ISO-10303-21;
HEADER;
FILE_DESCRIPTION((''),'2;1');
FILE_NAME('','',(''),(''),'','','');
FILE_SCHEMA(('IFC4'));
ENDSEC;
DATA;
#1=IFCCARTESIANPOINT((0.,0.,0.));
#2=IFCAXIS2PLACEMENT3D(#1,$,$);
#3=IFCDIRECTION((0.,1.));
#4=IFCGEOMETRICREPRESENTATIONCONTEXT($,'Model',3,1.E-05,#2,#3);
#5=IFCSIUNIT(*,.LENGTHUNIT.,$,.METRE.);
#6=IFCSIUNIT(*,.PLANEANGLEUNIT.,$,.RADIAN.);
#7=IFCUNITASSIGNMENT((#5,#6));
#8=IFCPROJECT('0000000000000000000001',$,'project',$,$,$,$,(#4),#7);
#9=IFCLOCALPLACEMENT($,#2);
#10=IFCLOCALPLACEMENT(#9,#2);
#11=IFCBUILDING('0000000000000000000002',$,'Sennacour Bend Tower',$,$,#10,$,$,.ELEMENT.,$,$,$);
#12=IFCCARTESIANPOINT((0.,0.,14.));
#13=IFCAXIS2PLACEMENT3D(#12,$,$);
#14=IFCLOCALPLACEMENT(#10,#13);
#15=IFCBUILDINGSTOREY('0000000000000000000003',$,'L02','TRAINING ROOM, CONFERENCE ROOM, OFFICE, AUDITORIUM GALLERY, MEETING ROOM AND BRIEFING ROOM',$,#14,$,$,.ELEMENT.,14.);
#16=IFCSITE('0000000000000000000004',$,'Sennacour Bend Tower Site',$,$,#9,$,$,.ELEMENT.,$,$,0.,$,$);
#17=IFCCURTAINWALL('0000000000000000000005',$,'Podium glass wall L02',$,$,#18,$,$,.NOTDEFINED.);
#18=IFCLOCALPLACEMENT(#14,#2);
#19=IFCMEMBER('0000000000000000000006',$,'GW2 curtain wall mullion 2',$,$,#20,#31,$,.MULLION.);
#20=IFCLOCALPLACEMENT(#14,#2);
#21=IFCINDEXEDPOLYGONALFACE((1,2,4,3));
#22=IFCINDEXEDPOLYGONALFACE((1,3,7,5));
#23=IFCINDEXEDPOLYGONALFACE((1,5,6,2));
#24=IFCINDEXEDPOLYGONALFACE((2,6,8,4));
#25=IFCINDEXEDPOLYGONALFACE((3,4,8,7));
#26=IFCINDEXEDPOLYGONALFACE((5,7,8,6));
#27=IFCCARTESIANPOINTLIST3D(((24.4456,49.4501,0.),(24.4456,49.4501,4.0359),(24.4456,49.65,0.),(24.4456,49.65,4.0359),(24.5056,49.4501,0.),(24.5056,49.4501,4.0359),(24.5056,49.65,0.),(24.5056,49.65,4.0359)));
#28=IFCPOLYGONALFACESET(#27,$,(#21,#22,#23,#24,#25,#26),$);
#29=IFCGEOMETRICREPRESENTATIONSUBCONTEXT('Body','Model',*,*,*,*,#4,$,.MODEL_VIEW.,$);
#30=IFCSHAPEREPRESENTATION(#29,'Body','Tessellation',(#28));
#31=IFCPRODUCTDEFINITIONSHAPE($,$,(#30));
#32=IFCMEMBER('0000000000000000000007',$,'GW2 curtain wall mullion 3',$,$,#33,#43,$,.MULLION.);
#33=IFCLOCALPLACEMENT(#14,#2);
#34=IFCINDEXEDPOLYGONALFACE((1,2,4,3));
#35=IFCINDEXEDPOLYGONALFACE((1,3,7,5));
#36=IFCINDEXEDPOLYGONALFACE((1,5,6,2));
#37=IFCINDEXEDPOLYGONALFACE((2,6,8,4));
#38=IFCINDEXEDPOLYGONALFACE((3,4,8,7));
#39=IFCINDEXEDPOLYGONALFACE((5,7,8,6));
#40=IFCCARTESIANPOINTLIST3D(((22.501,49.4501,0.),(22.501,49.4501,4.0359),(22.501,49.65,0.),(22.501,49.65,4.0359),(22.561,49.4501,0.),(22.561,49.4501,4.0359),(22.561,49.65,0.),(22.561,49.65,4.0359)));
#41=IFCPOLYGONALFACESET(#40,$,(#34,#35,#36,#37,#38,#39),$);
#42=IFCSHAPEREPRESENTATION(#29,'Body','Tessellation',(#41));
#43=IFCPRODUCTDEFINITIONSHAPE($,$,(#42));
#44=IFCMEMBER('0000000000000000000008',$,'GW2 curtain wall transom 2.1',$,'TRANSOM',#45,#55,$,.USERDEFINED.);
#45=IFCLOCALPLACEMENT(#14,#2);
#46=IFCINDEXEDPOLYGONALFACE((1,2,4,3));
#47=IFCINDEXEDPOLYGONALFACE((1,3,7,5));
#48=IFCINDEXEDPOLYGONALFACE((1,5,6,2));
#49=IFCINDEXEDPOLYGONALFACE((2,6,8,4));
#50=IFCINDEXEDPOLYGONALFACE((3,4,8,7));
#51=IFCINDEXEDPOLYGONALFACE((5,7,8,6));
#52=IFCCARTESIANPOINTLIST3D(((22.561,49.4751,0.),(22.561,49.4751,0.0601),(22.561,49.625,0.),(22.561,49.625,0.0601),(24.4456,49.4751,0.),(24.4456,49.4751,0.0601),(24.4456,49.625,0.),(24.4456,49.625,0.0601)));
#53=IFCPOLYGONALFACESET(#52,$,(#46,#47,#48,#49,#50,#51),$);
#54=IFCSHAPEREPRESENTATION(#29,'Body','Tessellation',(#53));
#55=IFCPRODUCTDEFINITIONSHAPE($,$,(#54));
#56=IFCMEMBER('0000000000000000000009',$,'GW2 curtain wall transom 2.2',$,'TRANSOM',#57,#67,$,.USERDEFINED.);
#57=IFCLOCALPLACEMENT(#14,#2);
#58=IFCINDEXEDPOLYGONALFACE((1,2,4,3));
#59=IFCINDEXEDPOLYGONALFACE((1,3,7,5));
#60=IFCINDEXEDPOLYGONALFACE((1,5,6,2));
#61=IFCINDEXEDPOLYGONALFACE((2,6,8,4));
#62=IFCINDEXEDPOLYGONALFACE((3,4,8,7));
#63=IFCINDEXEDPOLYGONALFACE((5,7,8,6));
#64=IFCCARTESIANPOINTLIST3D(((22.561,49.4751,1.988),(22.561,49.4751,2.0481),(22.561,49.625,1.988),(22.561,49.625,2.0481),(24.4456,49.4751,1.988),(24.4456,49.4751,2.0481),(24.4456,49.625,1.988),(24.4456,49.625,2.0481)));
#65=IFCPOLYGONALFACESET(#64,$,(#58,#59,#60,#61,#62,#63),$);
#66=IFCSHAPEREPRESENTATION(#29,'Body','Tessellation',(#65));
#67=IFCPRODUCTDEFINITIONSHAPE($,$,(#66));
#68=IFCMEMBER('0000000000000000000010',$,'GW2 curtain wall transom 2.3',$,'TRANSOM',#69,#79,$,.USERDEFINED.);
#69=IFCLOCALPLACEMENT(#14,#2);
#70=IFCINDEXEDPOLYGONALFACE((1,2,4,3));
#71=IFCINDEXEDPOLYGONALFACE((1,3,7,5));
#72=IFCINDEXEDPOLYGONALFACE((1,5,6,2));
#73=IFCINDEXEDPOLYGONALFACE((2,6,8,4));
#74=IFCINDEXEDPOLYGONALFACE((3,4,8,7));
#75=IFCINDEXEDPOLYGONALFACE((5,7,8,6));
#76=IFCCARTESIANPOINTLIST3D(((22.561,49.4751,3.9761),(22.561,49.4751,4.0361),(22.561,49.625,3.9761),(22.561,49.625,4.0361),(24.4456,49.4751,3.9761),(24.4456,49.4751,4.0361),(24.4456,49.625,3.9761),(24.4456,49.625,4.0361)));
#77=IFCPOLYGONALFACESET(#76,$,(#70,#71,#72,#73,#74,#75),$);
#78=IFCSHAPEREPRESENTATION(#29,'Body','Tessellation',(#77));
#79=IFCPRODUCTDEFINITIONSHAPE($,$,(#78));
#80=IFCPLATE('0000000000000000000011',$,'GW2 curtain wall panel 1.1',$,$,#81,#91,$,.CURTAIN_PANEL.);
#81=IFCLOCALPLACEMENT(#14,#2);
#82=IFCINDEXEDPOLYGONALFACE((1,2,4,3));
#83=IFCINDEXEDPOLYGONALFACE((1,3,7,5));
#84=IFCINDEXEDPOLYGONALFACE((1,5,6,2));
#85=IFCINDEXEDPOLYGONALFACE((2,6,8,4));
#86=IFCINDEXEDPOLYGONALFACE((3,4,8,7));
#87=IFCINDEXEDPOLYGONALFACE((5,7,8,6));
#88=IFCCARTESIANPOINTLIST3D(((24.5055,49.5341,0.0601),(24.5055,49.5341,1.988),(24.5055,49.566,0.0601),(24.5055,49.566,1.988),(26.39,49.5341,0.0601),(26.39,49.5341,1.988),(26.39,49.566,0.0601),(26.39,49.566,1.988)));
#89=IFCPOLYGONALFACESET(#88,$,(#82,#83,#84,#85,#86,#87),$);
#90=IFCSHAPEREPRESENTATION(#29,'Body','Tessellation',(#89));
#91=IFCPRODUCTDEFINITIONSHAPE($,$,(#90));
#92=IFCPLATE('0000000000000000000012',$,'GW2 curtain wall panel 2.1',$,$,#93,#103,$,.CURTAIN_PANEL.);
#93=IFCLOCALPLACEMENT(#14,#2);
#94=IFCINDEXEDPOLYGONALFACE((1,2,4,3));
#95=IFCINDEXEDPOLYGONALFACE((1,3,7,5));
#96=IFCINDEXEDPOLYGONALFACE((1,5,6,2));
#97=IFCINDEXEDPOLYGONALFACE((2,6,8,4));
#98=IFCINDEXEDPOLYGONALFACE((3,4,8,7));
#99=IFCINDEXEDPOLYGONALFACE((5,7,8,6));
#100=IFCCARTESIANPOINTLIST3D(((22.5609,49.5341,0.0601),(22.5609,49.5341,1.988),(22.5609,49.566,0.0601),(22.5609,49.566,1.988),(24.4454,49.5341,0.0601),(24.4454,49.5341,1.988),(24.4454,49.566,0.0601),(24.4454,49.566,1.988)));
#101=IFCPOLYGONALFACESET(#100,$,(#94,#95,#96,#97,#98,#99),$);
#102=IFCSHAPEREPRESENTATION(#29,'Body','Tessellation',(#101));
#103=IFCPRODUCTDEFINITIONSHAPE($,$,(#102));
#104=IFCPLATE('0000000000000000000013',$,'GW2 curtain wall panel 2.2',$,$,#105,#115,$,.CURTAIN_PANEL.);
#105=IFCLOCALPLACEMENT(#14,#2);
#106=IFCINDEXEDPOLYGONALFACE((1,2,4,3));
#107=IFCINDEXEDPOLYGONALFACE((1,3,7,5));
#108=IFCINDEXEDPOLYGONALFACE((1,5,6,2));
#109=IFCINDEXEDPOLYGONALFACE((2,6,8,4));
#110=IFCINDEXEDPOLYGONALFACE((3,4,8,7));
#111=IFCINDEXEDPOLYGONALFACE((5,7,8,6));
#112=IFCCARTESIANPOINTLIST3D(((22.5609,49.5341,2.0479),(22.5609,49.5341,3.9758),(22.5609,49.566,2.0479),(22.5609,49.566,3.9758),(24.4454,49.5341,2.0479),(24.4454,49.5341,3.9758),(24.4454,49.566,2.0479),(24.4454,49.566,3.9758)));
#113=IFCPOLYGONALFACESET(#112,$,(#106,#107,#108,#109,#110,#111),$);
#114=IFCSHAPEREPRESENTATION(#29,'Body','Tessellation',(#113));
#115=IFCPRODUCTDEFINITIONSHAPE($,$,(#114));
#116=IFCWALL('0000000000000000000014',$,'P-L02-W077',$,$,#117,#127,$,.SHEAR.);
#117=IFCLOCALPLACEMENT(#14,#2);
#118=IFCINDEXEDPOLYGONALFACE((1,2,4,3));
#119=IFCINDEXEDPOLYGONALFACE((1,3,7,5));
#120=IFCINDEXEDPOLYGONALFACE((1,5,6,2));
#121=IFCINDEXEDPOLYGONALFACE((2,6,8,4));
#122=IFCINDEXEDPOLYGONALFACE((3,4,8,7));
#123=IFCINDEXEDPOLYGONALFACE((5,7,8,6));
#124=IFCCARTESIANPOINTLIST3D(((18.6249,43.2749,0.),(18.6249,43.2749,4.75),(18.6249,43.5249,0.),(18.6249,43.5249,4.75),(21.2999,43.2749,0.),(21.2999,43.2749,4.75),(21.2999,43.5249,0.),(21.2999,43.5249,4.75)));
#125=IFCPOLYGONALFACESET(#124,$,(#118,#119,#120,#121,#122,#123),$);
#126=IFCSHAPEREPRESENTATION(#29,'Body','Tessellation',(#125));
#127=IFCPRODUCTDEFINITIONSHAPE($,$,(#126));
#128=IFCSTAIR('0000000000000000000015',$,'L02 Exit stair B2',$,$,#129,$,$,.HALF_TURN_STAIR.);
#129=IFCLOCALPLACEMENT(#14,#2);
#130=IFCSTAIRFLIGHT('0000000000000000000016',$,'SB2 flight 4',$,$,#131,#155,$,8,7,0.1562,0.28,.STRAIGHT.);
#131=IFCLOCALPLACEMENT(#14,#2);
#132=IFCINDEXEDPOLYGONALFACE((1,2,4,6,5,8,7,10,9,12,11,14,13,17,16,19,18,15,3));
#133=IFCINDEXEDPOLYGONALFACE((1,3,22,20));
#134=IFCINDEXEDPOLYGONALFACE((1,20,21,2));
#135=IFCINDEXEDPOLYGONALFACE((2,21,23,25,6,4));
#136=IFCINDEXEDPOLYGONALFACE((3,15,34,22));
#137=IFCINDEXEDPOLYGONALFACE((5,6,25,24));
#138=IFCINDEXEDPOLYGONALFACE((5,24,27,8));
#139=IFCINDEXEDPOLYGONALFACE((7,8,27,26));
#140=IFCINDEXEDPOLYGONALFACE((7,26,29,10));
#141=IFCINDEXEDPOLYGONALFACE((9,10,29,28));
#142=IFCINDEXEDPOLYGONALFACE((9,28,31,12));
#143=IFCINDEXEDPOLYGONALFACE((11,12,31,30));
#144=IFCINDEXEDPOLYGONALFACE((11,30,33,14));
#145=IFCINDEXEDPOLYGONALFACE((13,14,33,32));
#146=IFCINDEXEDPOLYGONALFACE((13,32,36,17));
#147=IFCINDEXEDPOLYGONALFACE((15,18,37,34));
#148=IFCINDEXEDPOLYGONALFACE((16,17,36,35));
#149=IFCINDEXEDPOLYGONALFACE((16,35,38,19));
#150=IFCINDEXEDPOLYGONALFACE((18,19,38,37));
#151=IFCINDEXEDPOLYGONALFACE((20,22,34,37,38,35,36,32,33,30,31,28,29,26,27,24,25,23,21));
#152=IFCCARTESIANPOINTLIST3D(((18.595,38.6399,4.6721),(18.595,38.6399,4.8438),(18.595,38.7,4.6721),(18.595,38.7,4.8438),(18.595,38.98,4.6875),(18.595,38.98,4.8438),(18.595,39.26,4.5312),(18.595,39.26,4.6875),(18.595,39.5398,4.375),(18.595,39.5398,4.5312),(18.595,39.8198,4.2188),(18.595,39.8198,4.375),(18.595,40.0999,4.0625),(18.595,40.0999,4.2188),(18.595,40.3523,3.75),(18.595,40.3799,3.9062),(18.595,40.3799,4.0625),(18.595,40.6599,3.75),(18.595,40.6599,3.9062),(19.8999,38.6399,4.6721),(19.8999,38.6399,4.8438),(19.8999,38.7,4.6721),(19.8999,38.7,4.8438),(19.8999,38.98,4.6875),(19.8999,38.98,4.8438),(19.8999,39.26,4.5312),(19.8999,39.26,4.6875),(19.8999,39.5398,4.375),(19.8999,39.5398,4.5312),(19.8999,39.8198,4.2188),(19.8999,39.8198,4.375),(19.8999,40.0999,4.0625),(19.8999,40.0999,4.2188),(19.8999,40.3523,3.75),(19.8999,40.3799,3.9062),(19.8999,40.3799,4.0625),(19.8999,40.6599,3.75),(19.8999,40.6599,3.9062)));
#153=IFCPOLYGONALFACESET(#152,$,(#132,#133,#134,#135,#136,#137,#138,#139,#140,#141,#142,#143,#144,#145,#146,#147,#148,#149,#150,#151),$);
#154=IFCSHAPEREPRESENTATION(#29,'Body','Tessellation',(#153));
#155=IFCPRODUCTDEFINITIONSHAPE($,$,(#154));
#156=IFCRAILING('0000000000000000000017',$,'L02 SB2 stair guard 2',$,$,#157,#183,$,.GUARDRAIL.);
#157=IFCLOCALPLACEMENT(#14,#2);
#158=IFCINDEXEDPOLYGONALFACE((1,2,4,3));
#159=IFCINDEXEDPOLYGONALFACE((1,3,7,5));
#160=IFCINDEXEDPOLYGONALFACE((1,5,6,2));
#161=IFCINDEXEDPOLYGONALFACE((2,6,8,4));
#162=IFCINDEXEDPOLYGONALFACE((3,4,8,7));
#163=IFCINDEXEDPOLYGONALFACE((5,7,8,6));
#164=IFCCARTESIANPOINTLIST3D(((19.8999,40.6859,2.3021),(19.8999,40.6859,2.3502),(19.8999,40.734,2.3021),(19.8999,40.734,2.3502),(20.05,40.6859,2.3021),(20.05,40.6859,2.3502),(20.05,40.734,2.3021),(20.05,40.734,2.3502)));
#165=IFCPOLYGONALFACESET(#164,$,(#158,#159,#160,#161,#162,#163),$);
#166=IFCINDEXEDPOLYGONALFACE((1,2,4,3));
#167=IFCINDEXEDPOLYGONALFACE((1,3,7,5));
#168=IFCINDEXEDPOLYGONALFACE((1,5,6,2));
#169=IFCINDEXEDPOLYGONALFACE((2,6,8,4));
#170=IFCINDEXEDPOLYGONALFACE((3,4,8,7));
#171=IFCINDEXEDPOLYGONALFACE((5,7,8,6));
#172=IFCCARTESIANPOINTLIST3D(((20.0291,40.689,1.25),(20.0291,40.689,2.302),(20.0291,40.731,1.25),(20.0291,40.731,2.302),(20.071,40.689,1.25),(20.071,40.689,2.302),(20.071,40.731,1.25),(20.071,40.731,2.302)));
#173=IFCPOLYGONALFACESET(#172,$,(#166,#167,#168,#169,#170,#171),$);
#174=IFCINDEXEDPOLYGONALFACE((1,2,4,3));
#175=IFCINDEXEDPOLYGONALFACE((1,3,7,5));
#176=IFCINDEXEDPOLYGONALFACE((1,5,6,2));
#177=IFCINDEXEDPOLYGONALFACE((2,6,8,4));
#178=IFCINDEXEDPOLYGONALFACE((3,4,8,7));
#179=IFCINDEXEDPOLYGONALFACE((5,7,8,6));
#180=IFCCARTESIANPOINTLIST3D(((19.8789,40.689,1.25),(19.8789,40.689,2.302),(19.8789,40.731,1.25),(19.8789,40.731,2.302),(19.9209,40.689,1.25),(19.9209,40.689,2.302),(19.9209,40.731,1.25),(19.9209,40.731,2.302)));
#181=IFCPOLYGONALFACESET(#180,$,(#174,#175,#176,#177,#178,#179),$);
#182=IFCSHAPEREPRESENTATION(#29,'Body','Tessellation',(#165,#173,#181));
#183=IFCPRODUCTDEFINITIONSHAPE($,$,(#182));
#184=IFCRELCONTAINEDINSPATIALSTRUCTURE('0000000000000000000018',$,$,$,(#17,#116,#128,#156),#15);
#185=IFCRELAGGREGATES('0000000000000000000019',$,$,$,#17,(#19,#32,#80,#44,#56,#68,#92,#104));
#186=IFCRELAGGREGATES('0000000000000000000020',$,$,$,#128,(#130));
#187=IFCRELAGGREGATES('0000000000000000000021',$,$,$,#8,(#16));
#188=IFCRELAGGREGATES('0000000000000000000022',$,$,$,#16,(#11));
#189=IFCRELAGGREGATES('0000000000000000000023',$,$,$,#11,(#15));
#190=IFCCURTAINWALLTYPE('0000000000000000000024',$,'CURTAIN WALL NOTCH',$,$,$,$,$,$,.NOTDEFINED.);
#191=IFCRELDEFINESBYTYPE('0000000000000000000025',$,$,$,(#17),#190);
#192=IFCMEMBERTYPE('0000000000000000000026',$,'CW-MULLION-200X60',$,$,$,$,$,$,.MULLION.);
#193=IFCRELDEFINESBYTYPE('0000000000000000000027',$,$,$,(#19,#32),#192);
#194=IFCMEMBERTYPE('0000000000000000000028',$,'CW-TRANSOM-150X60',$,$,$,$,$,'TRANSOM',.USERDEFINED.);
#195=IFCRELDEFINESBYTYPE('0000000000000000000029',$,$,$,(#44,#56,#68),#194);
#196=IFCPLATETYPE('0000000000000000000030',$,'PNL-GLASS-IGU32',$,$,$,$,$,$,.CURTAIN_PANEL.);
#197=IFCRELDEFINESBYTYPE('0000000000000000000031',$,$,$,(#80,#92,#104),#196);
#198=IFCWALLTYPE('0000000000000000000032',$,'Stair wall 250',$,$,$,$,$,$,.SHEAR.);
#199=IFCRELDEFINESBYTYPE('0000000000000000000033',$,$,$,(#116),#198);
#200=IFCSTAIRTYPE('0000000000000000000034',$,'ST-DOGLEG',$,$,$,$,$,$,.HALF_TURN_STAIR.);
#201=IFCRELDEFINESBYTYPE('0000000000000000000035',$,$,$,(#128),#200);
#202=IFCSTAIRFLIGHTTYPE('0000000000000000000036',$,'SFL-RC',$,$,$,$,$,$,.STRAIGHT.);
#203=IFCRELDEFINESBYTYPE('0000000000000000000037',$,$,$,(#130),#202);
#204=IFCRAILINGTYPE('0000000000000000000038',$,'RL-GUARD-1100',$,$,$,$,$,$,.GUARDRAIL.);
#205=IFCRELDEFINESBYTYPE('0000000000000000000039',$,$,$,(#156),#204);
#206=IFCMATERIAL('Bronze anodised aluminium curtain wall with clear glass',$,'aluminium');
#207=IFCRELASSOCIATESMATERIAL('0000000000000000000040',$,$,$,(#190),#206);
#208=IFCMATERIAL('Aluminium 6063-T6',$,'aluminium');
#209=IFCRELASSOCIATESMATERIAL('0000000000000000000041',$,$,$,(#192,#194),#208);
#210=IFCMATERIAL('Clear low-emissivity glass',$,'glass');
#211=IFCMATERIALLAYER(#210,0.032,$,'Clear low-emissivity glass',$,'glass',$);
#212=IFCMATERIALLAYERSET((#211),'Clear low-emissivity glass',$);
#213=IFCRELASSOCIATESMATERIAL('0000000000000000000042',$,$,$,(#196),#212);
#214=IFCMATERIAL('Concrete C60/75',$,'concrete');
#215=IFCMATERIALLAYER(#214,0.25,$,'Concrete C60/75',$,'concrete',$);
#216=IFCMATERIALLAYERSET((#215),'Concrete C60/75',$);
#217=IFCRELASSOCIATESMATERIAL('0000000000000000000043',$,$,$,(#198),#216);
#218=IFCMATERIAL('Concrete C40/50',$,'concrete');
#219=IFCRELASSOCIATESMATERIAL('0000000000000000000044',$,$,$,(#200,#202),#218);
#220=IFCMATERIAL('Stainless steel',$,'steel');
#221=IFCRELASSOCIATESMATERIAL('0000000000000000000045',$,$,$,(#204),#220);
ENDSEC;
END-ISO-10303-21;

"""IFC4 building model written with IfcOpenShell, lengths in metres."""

from ifc_helpers import new_model, si_unit, direction, frame, frame_2d, origin, origin_2d, place, context, subcontext, project, spatial, polyline, rectangle, outline, extrude, material, layer, layer_set, material_profile, profile_set, type_object, element, aggregate, save


model = new_model("IFC4")

# Units and contexts
model_context = context("Model", 3, precision=1e-05, world=origin(), true_north=direction((0.0, 1.0)))
body_context = subcontext(model_context, "Body", "Model", "MODEL_VIEW")
ifc_project = project(units=[si_unit("LENGTHUNIT", "METRE"), si_unit("PLANEANGLEUNIT", "RADIAN")], contexts=[model_context])

# Site, building, storey
site_placement = place(None, origin())
site = spatial("IfcSite", under=ifc_project, at=site_placement, Name="Sennacour Bend Tower Site", CompositionType="ELEMENT", RefElevation=0.0)
building_placement = place(site_placement, origin())
building = spatial("IfcBuilding", under=site, at=building_placement, Name="Sennacour Bend Tower", CompositionType="ELEMENT")
storey_placement = place(building_placement, frame((0.0, 0.0, 14.0)))
storey = spatial("IfcBuildingStorey", under=building, at=storey_placement, Name="L02", Description="TRAINING ROOM, CONFERENCE ROOM, OFFICE, AUDITORIUM GALLERY, MEETING ROOM AND BRIEFING ROOM", CompositionType="ELEMENT", Elevation=14.0)

# Curtain wall, members, plates
ifc_material_1 = material(Name="Bronze anodised aluminium curtain wall with clear glass", Category="aluminium")
curtain_wall_type = type_object("IfcCurtainWallType", Name="CURTAIN WALL NOTCH", PredefinedType="NOTDEFINED", material=ifc_material_1)
curtain_wall_placement = place(storey_placement, origin())
curtain_wall = element("IfcCurtainWall", 1, at=curtain_wall_placement, inside=storey, type_object=curtain_wall_type, Name="Podium glass wall L02", PredefinedType="NOTDEFINED")
ifc_material_2 = material(Name="Aluminium 6063-T6", Category="aluminium")
ifc_material_profile_1 = material_profile(ifc_material_2, rectangle(XDim=0.2, YDim=0.0601, at=origin_2d()), Name="Aluminium 6063-T6", Category="aluminium")
ifc_profile_set_1 = profile_set([ifc_material_profile_1], Name="Aluminium 6063-T6")
member_type_1 = type_object("IfcMemberType", Name="CW-MULLION-200X60", PredefinedType="MULLION", material=ifc_profile_set_1)
member_1_placement = place(storey_placement, frame((24.4756, 49.55, 0.0), z_axis=(0.0, 0.0, 1.0), x_axis=(0.0, -1.0, 0.0)))
member_1 = element("IfcMember", 2, at=member_1_placement, type_object=member_type_1, Name="GW2 curtain wall mullion 2", PredefinedType="MULLION", context=body_context, shape_type="SweptSolid", body=[
    extrude(rectangle(XDim=0.2, YDim=0.0601, at=origin_2d()), origin(), (0.0, 0.0, 1.0), 4.0359),
])
member_2_placement = place(storey_placement, frame((22.531, 49.55, 0.0), z_axis=(0.0, 0.0, 1.0), x_axis=(0.0, -1.0, 0.0)))
member_2 = element("IfcMember", 3, at=member_2_placement, type_object=member_type_1, Name="GW2 curtain wall mullion 3", PredefinedType="MULLION", context=body_context, shape_type="SweptSolid", body=[
    extrude(rectangle(XDim=0.2, YDim=0.0601, at=origin_2d()), origin(), (0.0, 0.0, 1.0), 4.0359),
])
ifc_material_profile_2 = material_profile(ifc_material_2, rectangle(XDim=0.1499, YDim=0.0601, at=origin_2d()), Name="Aluminium 6063-T6", Category="aluminium")
ifc_profile_set_2 = profile_set([ifc_material_profile_2], Name="Aluminium 6063-T6")
member_type_2 = type_object("IfcMemberType", Name="CW-TRANSOM-150X60", ElementType="TRANSOM", PredefinedType="USERDEFINED", material=ifc_profile_set_2)
member_3_placement = place(storey_placement, frame((24.4456, 49.55, 0.03), z_axis=(-1.0, 0.0, 0.0), x_axis=(0.0, -1.0, 0.0)))
member_3 = element("IfcMember", 4, at=member_3_placement, type_object=member_type_2, Name="GW2 curtain wall transom 2.1", ObjectType="TRANSOM", PredefinedType="USERDEFINED", context=body_context, shape_type="SweptSolid", body=[
    extrude(rectangle(XDim=0.1499, YDim=0.0601, at=origin_2d()), origin(), (0.0, 0.0, 1.0), 1.8845),
])
member_4_placement = place(storey_placement, frame((24.4456, 49.55, 2.0181), z_axis=(-1.0, 0.0, 0.0), x_axis=(0.0, -1.0, 0.0)))
member_4 = element("IfcMember", 5, at=member_4_placement, type_object=member_type_2, Name="GW2 curtain wall transom 2.2", ObjectType="TRANSOM", PredefinedType="USERDEFINED", context=body_context, shape_type="SweptSolid", body=[
    extrude(rectangle(XDim=0.1499, YDim=0.0601, at=origin_2d()), origin(), (0.0, 0.0, 1.0), 1.8845),
])
member_5_placement = place(storey_placement, frame((24.4456, 49.55, 4.0061), z_axis=(-1.0, 0.0, 0.0), x_axis=(0.0, -1.0, 0.0)))
member_5 = element("IfcMember", 6, at=member_5_placement, type_object=member_type_2, Name="GW2 curtain wall transom 2.3", ObjectType="TRANSOM", PredefinedType="USERDEFINED", context=body_context, shape_type="SweptSolid", body=[
    extrude(rectangle(XDim=0.1499, YDim=0.0601, at=origin_2d()), origin(), (0.0, 0.0, 1.0), 1.8845),
])
ifc_material_3 = material(Name="Clear low-emissivity glass", Category="glass")
ifc_layer_1 = layer(ifc_material_3, 0.032, Name="Clear low-emissivity glass", Category="glass")
ifc_layer_set_1 = layer_set([ifc_layer_1], Name="Clear low-emissivity glass")
plate_type = type_object("IfcPlateType", Name="PNL-GLASS-IGU32", PredefinedType="CURTAIN_PANEL", material=ifc_layer_set_1)
plate_1_placement = place(storey_placement, frame((25.4478, 49.55, 0.0601), z_axis=(0.0, 0.0, 1.0), x_axis=(-1.0, 0.0, 0.0)))
plate_1 = element("IfcPlate", 7, at=plate_1_placement, type_object=plate_type, Name="GW2 curtain wall panel 1.1", PredefinedType="CURTAIN_PANEL", context=body_context, shape_type="SweptSolid", body=[
    extrude(rectangle(XDim=1.8845, YDim=0.032, at=origin_2d()), origin(), (0.0, 0.0, 1.0), 1.928),
])
plate_2_placement = place(storey_placement, frame((23.5032, 49.55, 0.0601), z_axis=(0.0, 0.0, 1.0), x_axis=(-1.0, 0.0, 0.0)))
plate_2 = element("IfcPlate", 8, at=plate_2_placement, type_object=plate_type, Name="GW2 curtain wall panel 2.1", PredefinedType="CURTAIN_PANEL", context=body_context, shape_type="SweptSolid", body=[
    extrude(rectangle(XDim=1.8845, YDim=0.032, at=origin_2d()), origin(), (0.0, 0.0, 1.0), 1.928),
])
plate_3_placement = place(storey_placement, frame((23.5032, 49.55, 2.0479), z_axis=(0.0, 0.0, 1.0), x_axis=(-1.0, 0.0, 0.0)))
plate_3 = element("IfcPlate", 9, at=plate_3_placement, type_object=plate_type, Name="GW2 curtain wall panel 2.2", PredefinedType="CURTAIN_PANEL", context=body_context, shape_type="SweptSolid", body=[
    extrude(rectangle(XDim=1.8845, YDim=0.032, at=origin_2d()), origin(), (0.0, 0.0, 1.0), 1.928),
])
aggregate(curtain_wall, [member_1, member_2, plate_1, member_3, member_4, member_5, plate_2, plate_3])

# Wall
ifc_material_4 = material(Name="Concrete C60/75", Category="concrete")
ifc_layer_2 = layer(ifc_material_4, 0.25, Name="Concrete C60/75", Category="concrete")
ifc_layer_set_2 = layer_set([ifc_layer_2], Name="Concrete C60/75")
wall_type = type_object("IfcWallType", Name="Stair wall 250", PredefinedType="SHEAR", material=ifc_layer_set_2)
wall_placement = place(storey_placement, frame((18.625, 43.3999, 0.0), z_axis=(0.0, 0.0, 1.0), x_axis=(1.0, 0.0, 0.0)))
element("IfcWall", 10, at=wall_placement, inside=storey, type_object=wall_type, Name="P-L02-W077", PredefinedType="SHEAR", context=body_context, shape_type="SweptSolid", body=[
    extrude(rectangle(XDim=2.675, YDim=0.25, at=frame_2d((1.3374, 0.0))), origin(), (0.0, 0.0, 1.0), 4.75),
])

# Stair, stair flight
ifc_material_5 = material(Name="Concrete C40/50", Category="concrete")
stair_type = type_object("IfcStairType", Name="ST-DOGLEG", PredefinedType="HALF_TURN_STAIR", material=ifc_material_5)
stair_placement = place(storey_placement, origin())
stair = element("IfcStair", 11, at=stair_placement, inside=storey, type_object=stair_type, Name="L02 Exit stair B2", PredefinedType="HALF_TURN_STAIR")
stair_flight_type = type_object("IfcStairFlightType", Name="SFL-RC", PredefinedType="STRAIGHT", material=ifc_material_5)
stair_flight_placement = place(storey_placement, frame((19.2476, 40.6599, 3.75), z_axis=(0.0, 0.0, 1.0), x_axis=(0.0, -1.0, 0.0)))
stair_flight = element("IfcStairFlight", 12, at=stair_flight_placement, type_object=stair_flight_type, Name="SB2 flight 4", NumberOfRisers=8, NumberOfTreads=7, PredefinedType="STRAIGHT", RiserHeight=0.1562, TreadLength=0.28, context=body_context, shape_type="SweptSolid", body=[
    extrude(outline(polyline([(0.0, 0.0), (0.0, 0.1562), (0.28, 0.1562), (0.28, 0.3125), (0.5601, 0.3125), (0.5601, 0.4688), (0.8401, 0.4688), (0.8401, 0.625), (1.1201, 0.625), (1.1201, 0.7812), (1.3999, 0.7812), (1.3999, 0.9375), (1.6799, 0.9375), (1.6799, 1.0938), (1.96, 1.0938), (2.02, 1.0938), (2.02, 0.9221), (1.96, 0.9221), (0.3076, 0.0), (0.0, 0.0)])), frame((0.0, 0.6523, 0.0), z_axis=(0.0, -1.0, 0.0), x_axis=(1.0, 0.0, 0.0)), (0.0, 0.0, 1.0), 1.3049),
])
aggregate(stair, [stair_flight])

# Railing
ifc_material_6 = material(Name="Stainless steel", Category="steel")
railing_type = type_object("IfcRailingType", Name="RL-GUARD-1100", PredefinedType="GUARDRAIL", material=ifc_material_6)
railing_1_placement = place(storey_placement, frame((20.05, 40.71, 1.25)))
element("IfcRailing", 13, at=railing_1_placement, inside=storey, type_object=railing_type, Name="L02 SB2 stair guard 2", PredefinedType="GUARDRAIL", context=body_context, shape_type="SweptSolid", body=[
    extrude(rectangle(XDim=0.0481, YDim=0.0481, at=origin_2d()), frame((0.0, 0.0, 1.0762), z_axis=(-1.0, 0.0, 0.0), x_axis=(0.0, -1.0, 0.0)), (0.0, 0.0, 1.0), 0.1501),
    extrude(rectangle(XDim=0.042, YDim=0.042, at=origin_2d()), origin(), (0.0, 0.0, 1.0), 1.052),
    extrude(rectangle(XDim=0.042, YDim=0.042, at=origin_2d()), frame((-0.1501, 0.0, 0.0)), (0.0, 0.0, 1.0), 1.052),
])

save(model, "model.ifc")
